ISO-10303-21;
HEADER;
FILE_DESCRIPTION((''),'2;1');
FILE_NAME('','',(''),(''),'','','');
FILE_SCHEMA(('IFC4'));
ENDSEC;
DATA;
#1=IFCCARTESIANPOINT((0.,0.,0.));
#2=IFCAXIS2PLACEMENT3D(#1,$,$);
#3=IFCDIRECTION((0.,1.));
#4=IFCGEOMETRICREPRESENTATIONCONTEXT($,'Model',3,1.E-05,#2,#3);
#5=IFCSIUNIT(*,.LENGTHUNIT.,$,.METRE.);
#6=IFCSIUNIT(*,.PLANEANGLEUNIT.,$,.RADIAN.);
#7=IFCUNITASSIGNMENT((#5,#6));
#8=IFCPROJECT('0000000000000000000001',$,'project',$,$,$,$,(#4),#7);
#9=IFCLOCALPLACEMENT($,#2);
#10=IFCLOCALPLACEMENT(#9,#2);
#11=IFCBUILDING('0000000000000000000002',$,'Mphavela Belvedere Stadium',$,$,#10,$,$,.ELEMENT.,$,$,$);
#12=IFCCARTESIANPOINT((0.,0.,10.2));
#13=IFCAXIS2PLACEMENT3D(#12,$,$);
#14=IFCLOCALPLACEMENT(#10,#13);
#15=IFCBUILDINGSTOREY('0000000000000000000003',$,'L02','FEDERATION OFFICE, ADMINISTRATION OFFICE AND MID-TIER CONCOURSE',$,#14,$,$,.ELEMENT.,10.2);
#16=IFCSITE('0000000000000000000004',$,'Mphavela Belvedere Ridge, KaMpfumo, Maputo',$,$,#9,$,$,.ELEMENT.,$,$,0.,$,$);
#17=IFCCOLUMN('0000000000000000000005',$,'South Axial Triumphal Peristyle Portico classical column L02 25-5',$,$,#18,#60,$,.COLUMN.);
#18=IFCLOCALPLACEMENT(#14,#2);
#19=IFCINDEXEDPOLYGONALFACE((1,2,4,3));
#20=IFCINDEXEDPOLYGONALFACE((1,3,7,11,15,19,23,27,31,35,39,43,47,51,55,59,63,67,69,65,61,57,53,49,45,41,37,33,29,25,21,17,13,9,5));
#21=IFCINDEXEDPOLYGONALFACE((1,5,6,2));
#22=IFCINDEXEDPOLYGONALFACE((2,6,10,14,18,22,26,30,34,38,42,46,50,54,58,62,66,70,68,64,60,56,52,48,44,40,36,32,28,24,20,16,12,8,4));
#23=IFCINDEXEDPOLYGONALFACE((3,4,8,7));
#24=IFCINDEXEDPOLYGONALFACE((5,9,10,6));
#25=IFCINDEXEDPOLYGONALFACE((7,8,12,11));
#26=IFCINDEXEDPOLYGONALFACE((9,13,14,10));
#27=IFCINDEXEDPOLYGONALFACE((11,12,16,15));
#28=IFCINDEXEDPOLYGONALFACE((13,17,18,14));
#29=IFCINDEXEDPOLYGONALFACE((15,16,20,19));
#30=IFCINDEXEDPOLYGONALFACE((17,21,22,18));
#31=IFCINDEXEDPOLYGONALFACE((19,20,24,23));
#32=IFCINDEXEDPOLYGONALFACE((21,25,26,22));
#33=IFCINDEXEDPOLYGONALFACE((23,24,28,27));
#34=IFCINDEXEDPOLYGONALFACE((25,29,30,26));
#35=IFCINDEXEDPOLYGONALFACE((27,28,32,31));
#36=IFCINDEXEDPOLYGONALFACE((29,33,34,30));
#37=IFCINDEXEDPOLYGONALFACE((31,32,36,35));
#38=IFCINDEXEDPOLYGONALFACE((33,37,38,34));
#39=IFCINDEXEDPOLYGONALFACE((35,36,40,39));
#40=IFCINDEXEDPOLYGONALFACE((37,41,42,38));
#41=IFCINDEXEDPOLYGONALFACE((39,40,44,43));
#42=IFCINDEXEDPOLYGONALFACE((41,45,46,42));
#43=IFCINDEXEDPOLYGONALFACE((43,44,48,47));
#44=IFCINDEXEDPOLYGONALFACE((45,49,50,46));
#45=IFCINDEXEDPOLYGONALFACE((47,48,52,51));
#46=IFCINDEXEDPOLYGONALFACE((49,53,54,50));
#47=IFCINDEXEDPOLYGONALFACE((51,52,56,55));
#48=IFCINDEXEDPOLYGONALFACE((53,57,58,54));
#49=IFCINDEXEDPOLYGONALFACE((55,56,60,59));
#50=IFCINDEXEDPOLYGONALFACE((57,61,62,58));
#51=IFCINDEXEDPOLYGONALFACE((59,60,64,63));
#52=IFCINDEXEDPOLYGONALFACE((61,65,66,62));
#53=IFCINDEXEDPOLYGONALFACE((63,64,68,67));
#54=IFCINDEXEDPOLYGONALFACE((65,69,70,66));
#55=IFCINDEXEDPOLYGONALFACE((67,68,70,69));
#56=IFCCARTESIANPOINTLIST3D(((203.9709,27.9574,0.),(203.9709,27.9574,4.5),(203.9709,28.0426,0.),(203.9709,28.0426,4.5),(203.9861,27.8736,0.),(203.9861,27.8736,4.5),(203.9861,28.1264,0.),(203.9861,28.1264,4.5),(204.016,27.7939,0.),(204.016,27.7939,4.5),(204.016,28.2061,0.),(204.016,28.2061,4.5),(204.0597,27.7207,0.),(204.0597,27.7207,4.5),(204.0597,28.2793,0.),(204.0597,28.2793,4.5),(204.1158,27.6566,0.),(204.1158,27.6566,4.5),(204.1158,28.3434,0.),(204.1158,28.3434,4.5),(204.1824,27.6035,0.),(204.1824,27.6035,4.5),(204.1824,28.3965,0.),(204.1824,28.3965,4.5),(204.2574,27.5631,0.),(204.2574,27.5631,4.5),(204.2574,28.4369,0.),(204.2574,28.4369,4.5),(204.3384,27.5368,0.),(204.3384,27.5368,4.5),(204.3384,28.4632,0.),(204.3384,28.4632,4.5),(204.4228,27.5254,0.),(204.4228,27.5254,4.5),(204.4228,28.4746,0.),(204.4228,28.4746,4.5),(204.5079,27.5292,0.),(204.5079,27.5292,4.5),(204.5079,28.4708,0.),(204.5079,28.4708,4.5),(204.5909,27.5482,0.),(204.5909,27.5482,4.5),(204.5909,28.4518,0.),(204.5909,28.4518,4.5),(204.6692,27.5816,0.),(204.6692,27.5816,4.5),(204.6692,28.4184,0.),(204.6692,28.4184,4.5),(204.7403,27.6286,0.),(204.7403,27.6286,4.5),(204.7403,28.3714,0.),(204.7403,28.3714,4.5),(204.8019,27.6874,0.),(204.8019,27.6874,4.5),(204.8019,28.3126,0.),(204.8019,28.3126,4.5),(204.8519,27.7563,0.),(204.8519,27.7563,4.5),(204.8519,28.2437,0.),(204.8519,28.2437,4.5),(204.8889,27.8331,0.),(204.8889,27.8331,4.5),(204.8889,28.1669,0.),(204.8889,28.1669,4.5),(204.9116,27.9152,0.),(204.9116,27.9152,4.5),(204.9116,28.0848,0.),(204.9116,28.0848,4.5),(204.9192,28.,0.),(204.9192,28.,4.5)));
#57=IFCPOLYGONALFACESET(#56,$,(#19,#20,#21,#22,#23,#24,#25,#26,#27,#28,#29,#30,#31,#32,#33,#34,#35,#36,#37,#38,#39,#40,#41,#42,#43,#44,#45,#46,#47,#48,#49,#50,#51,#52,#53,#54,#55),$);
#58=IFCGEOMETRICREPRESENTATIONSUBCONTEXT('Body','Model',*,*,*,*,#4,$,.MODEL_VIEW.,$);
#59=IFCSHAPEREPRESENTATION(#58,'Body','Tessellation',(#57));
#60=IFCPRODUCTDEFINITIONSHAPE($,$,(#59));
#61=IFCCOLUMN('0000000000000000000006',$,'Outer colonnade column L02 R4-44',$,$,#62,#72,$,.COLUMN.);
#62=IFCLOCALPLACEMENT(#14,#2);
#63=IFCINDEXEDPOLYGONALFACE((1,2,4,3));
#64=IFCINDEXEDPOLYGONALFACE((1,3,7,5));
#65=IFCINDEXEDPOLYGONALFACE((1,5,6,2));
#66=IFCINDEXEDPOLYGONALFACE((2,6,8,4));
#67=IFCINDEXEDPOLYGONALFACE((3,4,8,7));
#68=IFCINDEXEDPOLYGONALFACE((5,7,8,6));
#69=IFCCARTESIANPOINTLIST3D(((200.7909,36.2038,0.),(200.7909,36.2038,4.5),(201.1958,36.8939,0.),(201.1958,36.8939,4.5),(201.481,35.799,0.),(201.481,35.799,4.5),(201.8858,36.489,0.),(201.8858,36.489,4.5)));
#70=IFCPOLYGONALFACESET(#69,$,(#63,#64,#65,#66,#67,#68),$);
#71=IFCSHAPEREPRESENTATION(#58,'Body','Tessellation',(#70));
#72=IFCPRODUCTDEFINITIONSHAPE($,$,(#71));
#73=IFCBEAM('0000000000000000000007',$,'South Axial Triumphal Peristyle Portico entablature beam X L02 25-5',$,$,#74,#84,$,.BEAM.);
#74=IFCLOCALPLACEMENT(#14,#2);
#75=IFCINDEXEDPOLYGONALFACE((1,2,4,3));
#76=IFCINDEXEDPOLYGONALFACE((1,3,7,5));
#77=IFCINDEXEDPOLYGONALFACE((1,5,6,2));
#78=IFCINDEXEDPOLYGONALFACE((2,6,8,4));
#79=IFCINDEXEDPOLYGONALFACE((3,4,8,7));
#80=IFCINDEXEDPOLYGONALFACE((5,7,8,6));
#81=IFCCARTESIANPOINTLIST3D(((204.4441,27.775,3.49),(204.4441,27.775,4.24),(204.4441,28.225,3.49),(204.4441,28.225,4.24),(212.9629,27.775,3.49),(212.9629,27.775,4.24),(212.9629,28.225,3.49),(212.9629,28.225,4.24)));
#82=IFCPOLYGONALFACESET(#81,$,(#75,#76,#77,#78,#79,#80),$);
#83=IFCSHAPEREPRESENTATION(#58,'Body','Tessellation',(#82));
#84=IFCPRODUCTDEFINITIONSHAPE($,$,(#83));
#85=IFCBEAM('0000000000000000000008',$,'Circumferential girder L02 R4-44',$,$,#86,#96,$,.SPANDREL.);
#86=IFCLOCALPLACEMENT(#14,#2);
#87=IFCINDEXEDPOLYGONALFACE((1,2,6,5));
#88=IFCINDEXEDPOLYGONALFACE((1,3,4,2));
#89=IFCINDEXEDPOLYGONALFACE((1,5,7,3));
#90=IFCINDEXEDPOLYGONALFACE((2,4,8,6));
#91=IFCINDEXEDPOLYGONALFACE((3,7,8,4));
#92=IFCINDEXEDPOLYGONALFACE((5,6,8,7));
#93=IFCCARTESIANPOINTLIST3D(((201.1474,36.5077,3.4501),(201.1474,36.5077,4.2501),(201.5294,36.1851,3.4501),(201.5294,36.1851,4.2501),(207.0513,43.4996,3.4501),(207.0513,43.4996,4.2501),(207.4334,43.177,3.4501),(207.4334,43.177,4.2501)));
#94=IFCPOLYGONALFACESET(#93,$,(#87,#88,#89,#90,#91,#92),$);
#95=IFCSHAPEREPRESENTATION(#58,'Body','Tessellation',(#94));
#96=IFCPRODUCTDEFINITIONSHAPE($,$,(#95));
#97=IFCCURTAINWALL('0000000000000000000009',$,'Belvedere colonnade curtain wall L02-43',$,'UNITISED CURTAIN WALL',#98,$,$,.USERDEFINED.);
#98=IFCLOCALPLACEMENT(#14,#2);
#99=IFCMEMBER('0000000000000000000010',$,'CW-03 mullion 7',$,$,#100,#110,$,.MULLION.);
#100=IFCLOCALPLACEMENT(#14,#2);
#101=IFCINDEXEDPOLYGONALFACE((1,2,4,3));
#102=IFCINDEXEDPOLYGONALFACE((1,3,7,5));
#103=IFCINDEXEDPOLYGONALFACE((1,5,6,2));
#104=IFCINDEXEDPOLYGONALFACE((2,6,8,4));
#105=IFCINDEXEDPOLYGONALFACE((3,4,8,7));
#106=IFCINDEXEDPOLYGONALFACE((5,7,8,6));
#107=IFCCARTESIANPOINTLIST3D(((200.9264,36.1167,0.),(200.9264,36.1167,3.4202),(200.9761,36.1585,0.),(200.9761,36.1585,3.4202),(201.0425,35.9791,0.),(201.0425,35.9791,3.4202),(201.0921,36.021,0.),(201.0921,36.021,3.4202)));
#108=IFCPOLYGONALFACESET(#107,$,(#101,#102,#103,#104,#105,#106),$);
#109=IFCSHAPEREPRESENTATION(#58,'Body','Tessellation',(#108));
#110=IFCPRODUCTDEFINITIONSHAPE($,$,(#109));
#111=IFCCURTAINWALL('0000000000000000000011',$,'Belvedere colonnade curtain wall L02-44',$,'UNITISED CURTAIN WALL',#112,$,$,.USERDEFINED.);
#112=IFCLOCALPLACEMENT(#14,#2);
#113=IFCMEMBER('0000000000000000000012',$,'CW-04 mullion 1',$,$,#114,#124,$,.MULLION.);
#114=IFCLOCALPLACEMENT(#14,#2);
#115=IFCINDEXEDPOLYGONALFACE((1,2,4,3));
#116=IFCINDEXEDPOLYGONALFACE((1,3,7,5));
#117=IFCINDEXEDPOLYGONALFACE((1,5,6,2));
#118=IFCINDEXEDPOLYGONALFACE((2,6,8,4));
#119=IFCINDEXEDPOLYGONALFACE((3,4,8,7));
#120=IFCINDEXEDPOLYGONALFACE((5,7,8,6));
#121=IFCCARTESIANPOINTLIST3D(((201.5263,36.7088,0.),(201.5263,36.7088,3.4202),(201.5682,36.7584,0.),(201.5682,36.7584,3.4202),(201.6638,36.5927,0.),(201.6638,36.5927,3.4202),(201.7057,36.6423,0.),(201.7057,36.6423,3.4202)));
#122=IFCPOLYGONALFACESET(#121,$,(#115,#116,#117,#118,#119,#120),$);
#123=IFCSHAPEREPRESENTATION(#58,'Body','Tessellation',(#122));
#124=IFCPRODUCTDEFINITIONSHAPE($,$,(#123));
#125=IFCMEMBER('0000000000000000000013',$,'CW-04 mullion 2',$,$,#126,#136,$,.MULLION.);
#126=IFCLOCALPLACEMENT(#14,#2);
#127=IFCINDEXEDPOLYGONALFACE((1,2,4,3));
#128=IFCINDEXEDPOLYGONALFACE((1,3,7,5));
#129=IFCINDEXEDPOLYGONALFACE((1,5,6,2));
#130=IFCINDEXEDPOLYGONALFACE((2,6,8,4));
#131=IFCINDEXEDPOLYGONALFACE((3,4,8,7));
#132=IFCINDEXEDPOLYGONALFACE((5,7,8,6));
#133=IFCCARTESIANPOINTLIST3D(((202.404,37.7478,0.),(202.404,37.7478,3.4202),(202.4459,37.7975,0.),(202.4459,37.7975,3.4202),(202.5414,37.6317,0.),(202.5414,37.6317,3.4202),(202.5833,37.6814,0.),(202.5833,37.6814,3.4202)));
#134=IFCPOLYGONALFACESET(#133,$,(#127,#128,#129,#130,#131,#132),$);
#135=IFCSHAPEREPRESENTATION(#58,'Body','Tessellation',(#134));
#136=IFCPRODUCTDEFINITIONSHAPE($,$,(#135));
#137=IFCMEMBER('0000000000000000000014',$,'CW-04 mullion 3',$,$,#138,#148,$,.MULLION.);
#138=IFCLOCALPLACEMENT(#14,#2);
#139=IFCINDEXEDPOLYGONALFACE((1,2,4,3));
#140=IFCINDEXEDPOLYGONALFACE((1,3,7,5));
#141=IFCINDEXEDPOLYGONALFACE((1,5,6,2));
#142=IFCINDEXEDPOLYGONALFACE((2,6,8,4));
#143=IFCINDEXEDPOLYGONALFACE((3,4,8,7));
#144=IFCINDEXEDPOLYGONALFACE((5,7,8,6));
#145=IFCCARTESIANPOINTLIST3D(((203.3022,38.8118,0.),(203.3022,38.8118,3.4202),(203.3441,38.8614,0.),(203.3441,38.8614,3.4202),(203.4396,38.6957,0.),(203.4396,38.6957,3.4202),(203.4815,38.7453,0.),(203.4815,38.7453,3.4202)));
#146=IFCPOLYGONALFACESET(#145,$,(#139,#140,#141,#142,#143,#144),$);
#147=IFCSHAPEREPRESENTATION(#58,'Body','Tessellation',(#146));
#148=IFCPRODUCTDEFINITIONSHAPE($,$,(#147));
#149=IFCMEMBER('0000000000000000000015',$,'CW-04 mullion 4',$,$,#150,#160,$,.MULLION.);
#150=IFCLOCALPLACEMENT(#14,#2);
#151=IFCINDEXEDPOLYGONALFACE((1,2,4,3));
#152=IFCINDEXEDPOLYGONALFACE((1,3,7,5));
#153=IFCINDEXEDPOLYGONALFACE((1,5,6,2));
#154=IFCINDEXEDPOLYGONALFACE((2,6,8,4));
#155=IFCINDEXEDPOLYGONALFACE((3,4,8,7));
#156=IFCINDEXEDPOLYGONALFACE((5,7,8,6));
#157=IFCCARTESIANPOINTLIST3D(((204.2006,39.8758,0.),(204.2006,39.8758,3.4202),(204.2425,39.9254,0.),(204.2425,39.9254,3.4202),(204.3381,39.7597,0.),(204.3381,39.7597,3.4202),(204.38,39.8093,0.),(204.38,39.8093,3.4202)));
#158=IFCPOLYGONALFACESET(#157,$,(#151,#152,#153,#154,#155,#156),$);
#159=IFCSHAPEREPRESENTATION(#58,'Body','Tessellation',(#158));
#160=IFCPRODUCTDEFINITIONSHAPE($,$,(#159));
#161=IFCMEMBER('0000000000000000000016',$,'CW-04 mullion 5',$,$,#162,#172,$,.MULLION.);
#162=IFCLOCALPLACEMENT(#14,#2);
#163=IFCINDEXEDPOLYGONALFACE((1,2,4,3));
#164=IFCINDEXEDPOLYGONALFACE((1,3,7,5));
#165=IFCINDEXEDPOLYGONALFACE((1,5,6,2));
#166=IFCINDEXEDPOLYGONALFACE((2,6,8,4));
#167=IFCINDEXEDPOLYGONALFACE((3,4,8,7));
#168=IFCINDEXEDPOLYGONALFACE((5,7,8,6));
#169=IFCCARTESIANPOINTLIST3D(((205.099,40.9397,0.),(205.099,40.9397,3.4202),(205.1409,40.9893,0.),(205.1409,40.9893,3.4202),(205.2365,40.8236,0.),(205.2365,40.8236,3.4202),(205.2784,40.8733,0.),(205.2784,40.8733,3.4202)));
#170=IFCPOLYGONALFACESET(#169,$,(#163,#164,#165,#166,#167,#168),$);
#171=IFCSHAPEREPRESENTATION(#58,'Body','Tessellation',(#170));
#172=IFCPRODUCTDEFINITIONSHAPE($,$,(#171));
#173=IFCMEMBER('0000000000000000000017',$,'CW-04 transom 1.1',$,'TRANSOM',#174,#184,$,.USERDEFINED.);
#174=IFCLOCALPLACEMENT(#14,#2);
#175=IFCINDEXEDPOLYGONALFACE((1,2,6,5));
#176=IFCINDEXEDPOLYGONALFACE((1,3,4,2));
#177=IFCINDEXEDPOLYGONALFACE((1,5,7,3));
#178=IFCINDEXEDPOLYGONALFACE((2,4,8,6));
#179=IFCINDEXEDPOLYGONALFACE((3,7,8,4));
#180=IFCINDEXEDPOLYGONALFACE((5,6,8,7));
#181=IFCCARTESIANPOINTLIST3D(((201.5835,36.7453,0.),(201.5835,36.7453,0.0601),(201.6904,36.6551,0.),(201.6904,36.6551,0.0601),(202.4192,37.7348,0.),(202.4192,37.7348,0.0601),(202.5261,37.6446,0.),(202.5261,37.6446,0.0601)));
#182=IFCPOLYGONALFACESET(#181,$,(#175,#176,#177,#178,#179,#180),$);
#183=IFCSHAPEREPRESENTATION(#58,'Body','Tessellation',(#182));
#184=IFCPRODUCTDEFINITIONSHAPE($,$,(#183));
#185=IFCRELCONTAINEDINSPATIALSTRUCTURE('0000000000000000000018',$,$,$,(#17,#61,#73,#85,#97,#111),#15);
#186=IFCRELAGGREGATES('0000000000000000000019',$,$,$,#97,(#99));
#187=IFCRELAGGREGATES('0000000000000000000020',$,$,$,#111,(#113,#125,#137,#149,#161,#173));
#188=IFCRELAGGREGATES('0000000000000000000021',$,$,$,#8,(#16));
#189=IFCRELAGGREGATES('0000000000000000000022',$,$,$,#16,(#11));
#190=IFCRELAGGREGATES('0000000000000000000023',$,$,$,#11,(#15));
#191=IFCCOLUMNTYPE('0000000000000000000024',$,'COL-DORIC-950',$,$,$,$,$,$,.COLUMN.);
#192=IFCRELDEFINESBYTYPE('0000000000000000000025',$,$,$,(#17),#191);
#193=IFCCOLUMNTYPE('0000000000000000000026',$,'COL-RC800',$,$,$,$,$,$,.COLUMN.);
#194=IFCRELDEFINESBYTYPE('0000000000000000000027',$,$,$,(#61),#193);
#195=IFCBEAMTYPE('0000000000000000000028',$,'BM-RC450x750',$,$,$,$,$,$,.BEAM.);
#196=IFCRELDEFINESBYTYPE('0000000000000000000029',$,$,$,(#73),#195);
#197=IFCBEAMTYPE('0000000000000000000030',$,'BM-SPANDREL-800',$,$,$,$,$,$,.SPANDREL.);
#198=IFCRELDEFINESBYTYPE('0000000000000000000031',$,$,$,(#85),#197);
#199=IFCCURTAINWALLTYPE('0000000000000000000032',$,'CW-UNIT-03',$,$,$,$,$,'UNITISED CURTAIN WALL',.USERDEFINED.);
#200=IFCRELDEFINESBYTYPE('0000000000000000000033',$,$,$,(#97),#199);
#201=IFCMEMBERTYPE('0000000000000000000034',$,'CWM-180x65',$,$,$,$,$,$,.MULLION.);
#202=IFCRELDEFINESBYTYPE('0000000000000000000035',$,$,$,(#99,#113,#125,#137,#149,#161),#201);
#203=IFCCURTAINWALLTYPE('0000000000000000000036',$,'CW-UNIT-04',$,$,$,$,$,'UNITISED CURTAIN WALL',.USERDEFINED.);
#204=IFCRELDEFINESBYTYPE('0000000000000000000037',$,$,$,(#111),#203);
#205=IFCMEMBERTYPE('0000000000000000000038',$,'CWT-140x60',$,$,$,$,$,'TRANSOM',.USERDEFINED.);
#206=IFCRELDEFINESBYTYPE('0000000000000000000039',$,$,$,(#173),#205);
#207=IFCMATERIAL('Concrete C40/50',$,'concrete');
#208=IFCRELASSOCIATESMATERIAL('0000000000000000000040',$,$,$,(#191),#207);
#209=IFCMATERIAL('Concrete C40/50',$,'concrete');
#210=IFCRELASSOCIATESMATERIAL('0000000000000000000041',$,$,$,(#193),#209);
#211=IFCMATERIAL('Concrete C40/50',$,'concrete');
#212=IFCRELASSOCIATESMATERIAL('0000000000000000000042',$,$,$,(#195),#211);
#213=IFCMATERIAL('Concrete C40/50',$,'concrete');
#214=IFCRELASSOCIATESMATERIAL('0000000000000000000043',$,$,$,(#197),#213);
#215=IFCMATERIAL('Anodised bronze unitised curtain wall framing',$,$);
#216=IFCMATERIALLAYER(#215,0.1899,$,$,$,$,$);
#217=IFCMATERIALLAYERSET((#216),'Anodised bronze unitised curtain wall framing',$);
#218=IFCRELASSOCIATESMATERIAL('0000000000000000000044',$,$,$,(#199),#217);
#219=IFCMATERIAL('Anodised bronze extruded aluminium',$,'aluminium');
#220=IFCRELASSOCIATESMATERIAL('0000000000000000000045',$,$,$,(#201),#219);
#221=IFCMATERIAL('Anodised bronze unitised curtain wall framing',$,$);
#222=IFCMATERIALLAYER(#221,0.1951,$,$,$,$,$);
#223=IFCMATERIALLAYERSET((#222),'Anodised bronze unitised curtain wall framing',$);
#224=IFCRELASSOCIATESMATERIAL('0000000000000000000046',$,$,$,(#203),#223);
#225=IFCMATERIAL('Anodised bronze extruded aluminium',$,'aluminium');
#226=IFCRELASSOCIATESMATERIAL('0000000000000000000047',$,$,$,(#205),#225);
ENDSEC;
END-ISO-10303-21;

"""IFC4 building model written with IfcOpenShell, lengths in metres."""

from ifc_helpers import new_model, si_unit, direction, frame, origin, origin_2d, place, context, subcontext, project, spatial, rectangle, circle, extrude, material, layer, layer_set, material_profile, profile_set, type_object, element, aggregate, save


model = new_model("IFC4")

# Units and contexts
model_context = context("Model", 3, precision=1e-05, world=origin(), true_north=direction((0.0, 1.0)))
body_context = subcontext(model_context, "Body", "Model", "MODEL_VIEW")
ifc_project = project(units=[si_unit("LENGTHUNIT", "METRE"), si_unit("PLANEANGLEUNIT", "RADIAN")], contexts=[model_context])

# Site, building, storey
site_placement = place(None, origin())
site = spatial("IfcSite", under=ifc_project, at=site_placement, Name="Mphavela Belvedere Ridge, KaMpfumo, Maputo", CompositionType="ELEMENT", RefElevation=0.0)
building_placement = place(site_placement, origin())
building = spatial("IfcBuilding", under=site, at=building_placement, Name="Mphavela Belvedere Stadium", CompositionType="ELEMENT")
storey_placement = place(building_placement, frame((0.0, 0.0, 10.2)))
storey = spatial("IfcBuildingStorey", under=building, at=storey_placement, Name="L02", Description="FEDERATION OFFICE, ADMINISTRATION OFFICE AND MID-TIER CONCOURSE", CompositionType="ELEMENT", Elevation=10.2)

# Columns
ifc_material_1 = material(Name="Concrete C40/50", Category="concrete")
ifc_material_profile_1 = material_profile(ifc_material_1, circle(Radius=0.4751, at=origin_2d()), Name="COL D950")
ifc_profile_set_1 = profile_set([ifc_material_profile_1], Name="Concrete C40/50")
column_type_1 = type_object("IfcColumnType", Name="COL-DORIC-950", PredefinedType="COLUMN", material=ifc_profile_set_1)
column_1_placement = place(storey_placement, frame((204.4441, 28.0, 0.0), z_axis=(0.0, 0.0, 1.0), x_axis=(1.0, 0.0, 0.0)))
element("IfcColumn", 1, at=column_1_placement, inside=storey, type_object=column_type_1, Name="South Axial Triumphal Peristyle Portico classical column L02 25-5", PredefinedType="COLUMN", context=body_context, shape_type="SweptSolid", body=[
    extrude(circle(Radius=0.4751, at=origin_2d()), origin(), (0.0, 0.0, 1.0), 4.5),
])
ifc_material_2 = material(Name="Concrete C40/50", Category="concrete")
ifc_material_profile_2 = material_profile(ifc_material_2, rectangle(XDim=0.8, YDim=0.8, at=origin_2d()), Name="RC 800x800")
ifc_profile_set_2 = profile_set([ifc_material_profile_2], Name="Concrete C40/50")
column_type_2 = type_object("IfcColumnType", Name="COL-RC800", PredefinedType="COLUMN", material=ifc_profile_set_2)
column_2_placement = place(storey_placement, frame((201.3384, 36.3464, 0.0), z_axis=(0.0, 0.0, 1.0), x_axis=(0.862514, -0.506034, 0.0)))
element("IfcColumn", 2, at=column_2_placement, inside=storey, type_object=column_type_2, Name="Outer colonnade column L02 R4-44", PredefinedType="COLUMN", context=body_context, shape_type="SweptSolid", body=[
    extrude(rectangle(XDim=0.8, YDim=0.8, at=origin_2d()), origin(), (0.0, 0.0, 1.0), 4.5),
])

# Beams
ifc_material_3 = material(Name="Concrete C40/50", Category="concrete")
ifc_material_profile_3 = material_profile(ifc_material_3, rectangle(XDim=0.45, YDim=0.75, at=origin_2d()), Name="RC 450x750")
ifc_profile_set_3 = profile_set([ifc_material_profile_3], Name="Concrete C40/50")
beam_type_1 = type_object("IfcBeamType", Name="BM-RC450x750", PredefinedType="BEAM", material=ifc_profile_set_3)
beam_1_placement = place(storey_placement, frame((204.4441, 28.0, 3.865), z_axis=(1.0, 0.0, 0.0), x_axis=(0.0, 1.0, 0.0)))
element("IfcBeam", 3, at=beam_1_placement, inside=storey, type_object=beam_type_1, Name="South Axial Triumphal Peristyle Portico entablature beam X L02 25-5", PredefinedType="BEAM", context=body_context, shape_type="SweptSolid", body=[
    extrude(rectangle(XDim=0.45, YDim=0.75, at=origin_2d()), origin(), (0.0, 0.0, 1.0), 8.5188),
])
ifc_material_4 = material(Name="Concrete C40/50", Category="concrete")
ifc_material_profile_4 = material_profile(ifc_material_4, rectangle(XDim=0.5, YDim=0.8, at=origin_2d()), Name="RC 500x800")
ifc_profile_set_4 = profile_set([ifc_material_profile_4], Name="Concrete C40/50")
beam_type_2 = type_object("IfcBeamType", Name="BM-SPANDREL-800", PredefinedType="SPANDREL", material=ifc_profile_set_4)
beam_2_placement = place(storey_placement, frame((201.3384, 36.3464, 3.8501), z_axis=(0.645165, 0.764044, 0.0), x_axis=(-0.764044, 0.645165, 0.0)))
element("IfcBeam", 4, at=beam_2_placement, inside=storey, type_object=beam_type_2, Name="Circumferential girder L02 R4-44", PredefinedType="SPANDREL", context=body_context, shape_type="SweptSolid", body=[
    extrude(rectangle(XDim=0.5, YDim=0.8, at=origin_2d()), origin(), (0.0, 0.0, 1.0), 9.1511),
])

# Curtain wall, member
ifc_material_5 = material(Name="Anodised bronze unitised curtain wall framing")
ifc_layer_1 = layer(ifc_material_5, 0.1899)
ifc_layer_set_1 = layer_set([ifc_layer_1], Name="Anodised bronze unitised curtain wall framing")
curtain_wall_type_1 = type_object("IfcCurtainWallType", Name="CW-UNIT-03", ElementType="UNITISED CURTAIN WALL", PredefinedType="USERDEFINED", material=ifc_layer_set_1)
curtain_wall_1_placement = place(storey_placement, origin())
curtain_wall_1 = element("IfcCurtainWall", 5, at=curtain_wall_1_placement, inside=storey, type_object=curtain_wall_type_1, Name="Belvedere colonnade curtain wall L02-43", ObjectType="UNITISED CURTAIN WALL", PredefinedType="USERDEFINED")
ifc_material_6 = material(Name="Anodised bronze extruded aluminium", Category="aluminium")
ifc_material_profile_5 = material_profile(ifc_material_6, rectangle(XDim=0.1799, YDim=0.0649, at=origin_2d()), Name="CW-MUL 180x65")
ifc_profile_set_5 = profile_set([ifc_material_profile_5], Name="Anodised bronze extruded aluminium")
member_type_1 = type_object("IfcMemberType", Name="CWM-180x65", PredefinedType="MULLION", material=ifc_profile_set_5)
member_1_placement = place(storey_placement, frame((201.0093, 36.0688, 0.0), z_axis=(0.0, 0.0, 1.0), x_axis=(-0.644907, 0.764261, 0.0)))
member_1 = element("IfcMember", 6, at=member_1_placement, type_object=member_type_1, Name="CW-03 mullion 7", PredefinedType="MULLION", context=body_context, shape_type="SweptSolid", body=[
    extrude(rectangle(XDim=0.1799, YDim=0.0649, at=origin_2d()), origin(), (0.0, 0.0, 1.0), 3.4202),
])
aggregate(curtain_wall_1, [member_1])

# Curtain wall, members
ifc_material_7 = material(Name="Anodised bronze unitised curtain wall framing")
ifc_layer_2 = layer(ifc_material_7, 0.1951)
ifc_layer_set_2 = layer_set([ifc_layer_2], Name="Anodised bronze unitised curtain wall framing")
curtain_wall_type_2 = type_object("IfcCurtainWallType", Name="CW-UNIT-04", ElementType="UNITISED CURTAIN WALL", PredefinedType="USERDEFINED", material=ifc_layer_set_2)
curtain_wall_2_placement = place(storey_placement, origin())
curtain_wall_2 = element("IfcCurtainWall", 7, at=curtain_wall_2_placement, inside=storey, type_object=curtain_wall_type_2, Name="Belvedere colonnade curtain wall L02-44", ObjectType="UNITISED CURTAIN WALL", PredefinedType="USERDEFINED")
member_2_placement = place(storey_placement, frame((201.616, 36.6755, 0.0), z_axis=(0.0, 0.0, 1.0), x_axis=(-0.76404, 0.645169, 0.0)))
member_2 = element("IfcMember", 8, at=member_2_placement, type_object=member_type_1, Name="CW-04 mullion 1", PredefinedType="MULLION", context=body_context, shape_type="SweptSolid", body=[
    extrude(rectangle(XDim=0.1799, YDim=0.0649, at=origin_2d()), origin(), (0.0, 0.0, 1.0), 3.4202),
])
member_3_placement = place(storey_placement, frame((202.4937, 37.7146, 0.0), z_axis=(0.0, 0.0, 1.0), x_axis=(-0.76404, 0.645169, 0.0)))
member_3 = element("IfcMember", 9, at=member_3_placement, type_object=member_type_1, Name="CW-04 mullion 2", PredefinedType="MULLION", context=body_context, shape_type="SweptSolid", body=[
    extrude(rectangle(XDim=0.1799, YDim=0.0649, at=origin_2d()), origin(), (0.0, 0.0, 1.0), 3.4202),
])
member_4_placement = place(storey_placement, frame((203.3918, 38.7786, 0.0), z_axis=(0.0, 0.0, 1.0), x_axis=(-0.76404, 0.645169, 0.0)))
member_4 = element("IfcMember", 10, at=member_4_placement, type_object=member_type_1, Name="CW-04 mullion 3", PredefinedType="MULLION", context=body_context, shape_type="SweptSolid", body=[
    extrude(rectangle(XDim=0.1799, YDim=0.0649, at=origin_2d()), origin(), (0.0, 0.0, 1.0), 3.4202),
])
member_5_placement = place(storey_placement, frame((204.2903, 39.8425, 0.0), z_axis=(0.0, 0.0, 1.0), x_axis=(-0.76404, 0.645169, 0.0)))
member_5 = element("IfcMember", 11, at=member_5_placement, type_object=member_type_1, Name="CW-04 mullion 4", PredefinedType="MULLION", context=body_context, shape_type="SweptSolid", body=[
    extrude(rectangle(XDim=0.1799, YDim=0.0649, at=origin_2d()), origin(), (0.0, 0.0, 1.0), 3.4202),
])
member_6_placement = place(storey_placement, frame((205.1887, 40.9065, 0.0), z_axis=(0.0, 0.0, 1.0), x_axis=(-0.76404, 0.645169, 0.0)))
member_6 = element("IfcMember", 12, at=member_6_placement, type_object=member_type_1, Name="CW-04 mullion 5", PredefinedType="MULLION", context=body_context, shape_type="SweptSolid", body=[
    extrude(rectangle(XDim=0.1799, YDim=0.0649, at=origin_2d()), origin(), (0.0, 0.0, 1.0), 3.4202),
])
ifc_material_8 = material(Name="Anodised bronze extruded aluminium", Category="aluminium")
ifc_material_profile_6 = material_profile(ifc_material_8, rectangle(XDim=0.1399, YDim=0.0601, at=origin_2d()), Name="CW-TRN 140x60")
ifc_profile_set_6 = profile_set([ifc_material_profile_6], Name="Anodised bronze extruded aluminium")
member_type_2 = type_object("IfcMemberType", Name="CWT-140x60", ElementType="TRANSOM", PredefinedType="USERDEFINED", material=ifc_profile_set_6)
member_7_placement = place(storey_placement, frame((201.637, 36.7002, 0.03), z_axis=(0.645232, 0.763987, 0.0), x_axis=(-0.763987, 0.645232, 0.0)))
member_7 = element("IfcMember", 13, at=member_7_placement, type_object=member_type_2, Name="CW-04 transom 1.1", ObjectType="TRANSOM", PredefinedType="USERDEFINED", context=body_context, shape_type="SweptSolid", body=[
    extrude(rectangle(XDim=0.1399, YDim=0.0601, at=origin_2d()), origin(), (0.0, 0.0, 1.0), 1.2952),
])
aggregate(curtain_wall_2, [member_2, member_3, member_4, member_5, member_6, member_7])

save(model, "model.ifc")
